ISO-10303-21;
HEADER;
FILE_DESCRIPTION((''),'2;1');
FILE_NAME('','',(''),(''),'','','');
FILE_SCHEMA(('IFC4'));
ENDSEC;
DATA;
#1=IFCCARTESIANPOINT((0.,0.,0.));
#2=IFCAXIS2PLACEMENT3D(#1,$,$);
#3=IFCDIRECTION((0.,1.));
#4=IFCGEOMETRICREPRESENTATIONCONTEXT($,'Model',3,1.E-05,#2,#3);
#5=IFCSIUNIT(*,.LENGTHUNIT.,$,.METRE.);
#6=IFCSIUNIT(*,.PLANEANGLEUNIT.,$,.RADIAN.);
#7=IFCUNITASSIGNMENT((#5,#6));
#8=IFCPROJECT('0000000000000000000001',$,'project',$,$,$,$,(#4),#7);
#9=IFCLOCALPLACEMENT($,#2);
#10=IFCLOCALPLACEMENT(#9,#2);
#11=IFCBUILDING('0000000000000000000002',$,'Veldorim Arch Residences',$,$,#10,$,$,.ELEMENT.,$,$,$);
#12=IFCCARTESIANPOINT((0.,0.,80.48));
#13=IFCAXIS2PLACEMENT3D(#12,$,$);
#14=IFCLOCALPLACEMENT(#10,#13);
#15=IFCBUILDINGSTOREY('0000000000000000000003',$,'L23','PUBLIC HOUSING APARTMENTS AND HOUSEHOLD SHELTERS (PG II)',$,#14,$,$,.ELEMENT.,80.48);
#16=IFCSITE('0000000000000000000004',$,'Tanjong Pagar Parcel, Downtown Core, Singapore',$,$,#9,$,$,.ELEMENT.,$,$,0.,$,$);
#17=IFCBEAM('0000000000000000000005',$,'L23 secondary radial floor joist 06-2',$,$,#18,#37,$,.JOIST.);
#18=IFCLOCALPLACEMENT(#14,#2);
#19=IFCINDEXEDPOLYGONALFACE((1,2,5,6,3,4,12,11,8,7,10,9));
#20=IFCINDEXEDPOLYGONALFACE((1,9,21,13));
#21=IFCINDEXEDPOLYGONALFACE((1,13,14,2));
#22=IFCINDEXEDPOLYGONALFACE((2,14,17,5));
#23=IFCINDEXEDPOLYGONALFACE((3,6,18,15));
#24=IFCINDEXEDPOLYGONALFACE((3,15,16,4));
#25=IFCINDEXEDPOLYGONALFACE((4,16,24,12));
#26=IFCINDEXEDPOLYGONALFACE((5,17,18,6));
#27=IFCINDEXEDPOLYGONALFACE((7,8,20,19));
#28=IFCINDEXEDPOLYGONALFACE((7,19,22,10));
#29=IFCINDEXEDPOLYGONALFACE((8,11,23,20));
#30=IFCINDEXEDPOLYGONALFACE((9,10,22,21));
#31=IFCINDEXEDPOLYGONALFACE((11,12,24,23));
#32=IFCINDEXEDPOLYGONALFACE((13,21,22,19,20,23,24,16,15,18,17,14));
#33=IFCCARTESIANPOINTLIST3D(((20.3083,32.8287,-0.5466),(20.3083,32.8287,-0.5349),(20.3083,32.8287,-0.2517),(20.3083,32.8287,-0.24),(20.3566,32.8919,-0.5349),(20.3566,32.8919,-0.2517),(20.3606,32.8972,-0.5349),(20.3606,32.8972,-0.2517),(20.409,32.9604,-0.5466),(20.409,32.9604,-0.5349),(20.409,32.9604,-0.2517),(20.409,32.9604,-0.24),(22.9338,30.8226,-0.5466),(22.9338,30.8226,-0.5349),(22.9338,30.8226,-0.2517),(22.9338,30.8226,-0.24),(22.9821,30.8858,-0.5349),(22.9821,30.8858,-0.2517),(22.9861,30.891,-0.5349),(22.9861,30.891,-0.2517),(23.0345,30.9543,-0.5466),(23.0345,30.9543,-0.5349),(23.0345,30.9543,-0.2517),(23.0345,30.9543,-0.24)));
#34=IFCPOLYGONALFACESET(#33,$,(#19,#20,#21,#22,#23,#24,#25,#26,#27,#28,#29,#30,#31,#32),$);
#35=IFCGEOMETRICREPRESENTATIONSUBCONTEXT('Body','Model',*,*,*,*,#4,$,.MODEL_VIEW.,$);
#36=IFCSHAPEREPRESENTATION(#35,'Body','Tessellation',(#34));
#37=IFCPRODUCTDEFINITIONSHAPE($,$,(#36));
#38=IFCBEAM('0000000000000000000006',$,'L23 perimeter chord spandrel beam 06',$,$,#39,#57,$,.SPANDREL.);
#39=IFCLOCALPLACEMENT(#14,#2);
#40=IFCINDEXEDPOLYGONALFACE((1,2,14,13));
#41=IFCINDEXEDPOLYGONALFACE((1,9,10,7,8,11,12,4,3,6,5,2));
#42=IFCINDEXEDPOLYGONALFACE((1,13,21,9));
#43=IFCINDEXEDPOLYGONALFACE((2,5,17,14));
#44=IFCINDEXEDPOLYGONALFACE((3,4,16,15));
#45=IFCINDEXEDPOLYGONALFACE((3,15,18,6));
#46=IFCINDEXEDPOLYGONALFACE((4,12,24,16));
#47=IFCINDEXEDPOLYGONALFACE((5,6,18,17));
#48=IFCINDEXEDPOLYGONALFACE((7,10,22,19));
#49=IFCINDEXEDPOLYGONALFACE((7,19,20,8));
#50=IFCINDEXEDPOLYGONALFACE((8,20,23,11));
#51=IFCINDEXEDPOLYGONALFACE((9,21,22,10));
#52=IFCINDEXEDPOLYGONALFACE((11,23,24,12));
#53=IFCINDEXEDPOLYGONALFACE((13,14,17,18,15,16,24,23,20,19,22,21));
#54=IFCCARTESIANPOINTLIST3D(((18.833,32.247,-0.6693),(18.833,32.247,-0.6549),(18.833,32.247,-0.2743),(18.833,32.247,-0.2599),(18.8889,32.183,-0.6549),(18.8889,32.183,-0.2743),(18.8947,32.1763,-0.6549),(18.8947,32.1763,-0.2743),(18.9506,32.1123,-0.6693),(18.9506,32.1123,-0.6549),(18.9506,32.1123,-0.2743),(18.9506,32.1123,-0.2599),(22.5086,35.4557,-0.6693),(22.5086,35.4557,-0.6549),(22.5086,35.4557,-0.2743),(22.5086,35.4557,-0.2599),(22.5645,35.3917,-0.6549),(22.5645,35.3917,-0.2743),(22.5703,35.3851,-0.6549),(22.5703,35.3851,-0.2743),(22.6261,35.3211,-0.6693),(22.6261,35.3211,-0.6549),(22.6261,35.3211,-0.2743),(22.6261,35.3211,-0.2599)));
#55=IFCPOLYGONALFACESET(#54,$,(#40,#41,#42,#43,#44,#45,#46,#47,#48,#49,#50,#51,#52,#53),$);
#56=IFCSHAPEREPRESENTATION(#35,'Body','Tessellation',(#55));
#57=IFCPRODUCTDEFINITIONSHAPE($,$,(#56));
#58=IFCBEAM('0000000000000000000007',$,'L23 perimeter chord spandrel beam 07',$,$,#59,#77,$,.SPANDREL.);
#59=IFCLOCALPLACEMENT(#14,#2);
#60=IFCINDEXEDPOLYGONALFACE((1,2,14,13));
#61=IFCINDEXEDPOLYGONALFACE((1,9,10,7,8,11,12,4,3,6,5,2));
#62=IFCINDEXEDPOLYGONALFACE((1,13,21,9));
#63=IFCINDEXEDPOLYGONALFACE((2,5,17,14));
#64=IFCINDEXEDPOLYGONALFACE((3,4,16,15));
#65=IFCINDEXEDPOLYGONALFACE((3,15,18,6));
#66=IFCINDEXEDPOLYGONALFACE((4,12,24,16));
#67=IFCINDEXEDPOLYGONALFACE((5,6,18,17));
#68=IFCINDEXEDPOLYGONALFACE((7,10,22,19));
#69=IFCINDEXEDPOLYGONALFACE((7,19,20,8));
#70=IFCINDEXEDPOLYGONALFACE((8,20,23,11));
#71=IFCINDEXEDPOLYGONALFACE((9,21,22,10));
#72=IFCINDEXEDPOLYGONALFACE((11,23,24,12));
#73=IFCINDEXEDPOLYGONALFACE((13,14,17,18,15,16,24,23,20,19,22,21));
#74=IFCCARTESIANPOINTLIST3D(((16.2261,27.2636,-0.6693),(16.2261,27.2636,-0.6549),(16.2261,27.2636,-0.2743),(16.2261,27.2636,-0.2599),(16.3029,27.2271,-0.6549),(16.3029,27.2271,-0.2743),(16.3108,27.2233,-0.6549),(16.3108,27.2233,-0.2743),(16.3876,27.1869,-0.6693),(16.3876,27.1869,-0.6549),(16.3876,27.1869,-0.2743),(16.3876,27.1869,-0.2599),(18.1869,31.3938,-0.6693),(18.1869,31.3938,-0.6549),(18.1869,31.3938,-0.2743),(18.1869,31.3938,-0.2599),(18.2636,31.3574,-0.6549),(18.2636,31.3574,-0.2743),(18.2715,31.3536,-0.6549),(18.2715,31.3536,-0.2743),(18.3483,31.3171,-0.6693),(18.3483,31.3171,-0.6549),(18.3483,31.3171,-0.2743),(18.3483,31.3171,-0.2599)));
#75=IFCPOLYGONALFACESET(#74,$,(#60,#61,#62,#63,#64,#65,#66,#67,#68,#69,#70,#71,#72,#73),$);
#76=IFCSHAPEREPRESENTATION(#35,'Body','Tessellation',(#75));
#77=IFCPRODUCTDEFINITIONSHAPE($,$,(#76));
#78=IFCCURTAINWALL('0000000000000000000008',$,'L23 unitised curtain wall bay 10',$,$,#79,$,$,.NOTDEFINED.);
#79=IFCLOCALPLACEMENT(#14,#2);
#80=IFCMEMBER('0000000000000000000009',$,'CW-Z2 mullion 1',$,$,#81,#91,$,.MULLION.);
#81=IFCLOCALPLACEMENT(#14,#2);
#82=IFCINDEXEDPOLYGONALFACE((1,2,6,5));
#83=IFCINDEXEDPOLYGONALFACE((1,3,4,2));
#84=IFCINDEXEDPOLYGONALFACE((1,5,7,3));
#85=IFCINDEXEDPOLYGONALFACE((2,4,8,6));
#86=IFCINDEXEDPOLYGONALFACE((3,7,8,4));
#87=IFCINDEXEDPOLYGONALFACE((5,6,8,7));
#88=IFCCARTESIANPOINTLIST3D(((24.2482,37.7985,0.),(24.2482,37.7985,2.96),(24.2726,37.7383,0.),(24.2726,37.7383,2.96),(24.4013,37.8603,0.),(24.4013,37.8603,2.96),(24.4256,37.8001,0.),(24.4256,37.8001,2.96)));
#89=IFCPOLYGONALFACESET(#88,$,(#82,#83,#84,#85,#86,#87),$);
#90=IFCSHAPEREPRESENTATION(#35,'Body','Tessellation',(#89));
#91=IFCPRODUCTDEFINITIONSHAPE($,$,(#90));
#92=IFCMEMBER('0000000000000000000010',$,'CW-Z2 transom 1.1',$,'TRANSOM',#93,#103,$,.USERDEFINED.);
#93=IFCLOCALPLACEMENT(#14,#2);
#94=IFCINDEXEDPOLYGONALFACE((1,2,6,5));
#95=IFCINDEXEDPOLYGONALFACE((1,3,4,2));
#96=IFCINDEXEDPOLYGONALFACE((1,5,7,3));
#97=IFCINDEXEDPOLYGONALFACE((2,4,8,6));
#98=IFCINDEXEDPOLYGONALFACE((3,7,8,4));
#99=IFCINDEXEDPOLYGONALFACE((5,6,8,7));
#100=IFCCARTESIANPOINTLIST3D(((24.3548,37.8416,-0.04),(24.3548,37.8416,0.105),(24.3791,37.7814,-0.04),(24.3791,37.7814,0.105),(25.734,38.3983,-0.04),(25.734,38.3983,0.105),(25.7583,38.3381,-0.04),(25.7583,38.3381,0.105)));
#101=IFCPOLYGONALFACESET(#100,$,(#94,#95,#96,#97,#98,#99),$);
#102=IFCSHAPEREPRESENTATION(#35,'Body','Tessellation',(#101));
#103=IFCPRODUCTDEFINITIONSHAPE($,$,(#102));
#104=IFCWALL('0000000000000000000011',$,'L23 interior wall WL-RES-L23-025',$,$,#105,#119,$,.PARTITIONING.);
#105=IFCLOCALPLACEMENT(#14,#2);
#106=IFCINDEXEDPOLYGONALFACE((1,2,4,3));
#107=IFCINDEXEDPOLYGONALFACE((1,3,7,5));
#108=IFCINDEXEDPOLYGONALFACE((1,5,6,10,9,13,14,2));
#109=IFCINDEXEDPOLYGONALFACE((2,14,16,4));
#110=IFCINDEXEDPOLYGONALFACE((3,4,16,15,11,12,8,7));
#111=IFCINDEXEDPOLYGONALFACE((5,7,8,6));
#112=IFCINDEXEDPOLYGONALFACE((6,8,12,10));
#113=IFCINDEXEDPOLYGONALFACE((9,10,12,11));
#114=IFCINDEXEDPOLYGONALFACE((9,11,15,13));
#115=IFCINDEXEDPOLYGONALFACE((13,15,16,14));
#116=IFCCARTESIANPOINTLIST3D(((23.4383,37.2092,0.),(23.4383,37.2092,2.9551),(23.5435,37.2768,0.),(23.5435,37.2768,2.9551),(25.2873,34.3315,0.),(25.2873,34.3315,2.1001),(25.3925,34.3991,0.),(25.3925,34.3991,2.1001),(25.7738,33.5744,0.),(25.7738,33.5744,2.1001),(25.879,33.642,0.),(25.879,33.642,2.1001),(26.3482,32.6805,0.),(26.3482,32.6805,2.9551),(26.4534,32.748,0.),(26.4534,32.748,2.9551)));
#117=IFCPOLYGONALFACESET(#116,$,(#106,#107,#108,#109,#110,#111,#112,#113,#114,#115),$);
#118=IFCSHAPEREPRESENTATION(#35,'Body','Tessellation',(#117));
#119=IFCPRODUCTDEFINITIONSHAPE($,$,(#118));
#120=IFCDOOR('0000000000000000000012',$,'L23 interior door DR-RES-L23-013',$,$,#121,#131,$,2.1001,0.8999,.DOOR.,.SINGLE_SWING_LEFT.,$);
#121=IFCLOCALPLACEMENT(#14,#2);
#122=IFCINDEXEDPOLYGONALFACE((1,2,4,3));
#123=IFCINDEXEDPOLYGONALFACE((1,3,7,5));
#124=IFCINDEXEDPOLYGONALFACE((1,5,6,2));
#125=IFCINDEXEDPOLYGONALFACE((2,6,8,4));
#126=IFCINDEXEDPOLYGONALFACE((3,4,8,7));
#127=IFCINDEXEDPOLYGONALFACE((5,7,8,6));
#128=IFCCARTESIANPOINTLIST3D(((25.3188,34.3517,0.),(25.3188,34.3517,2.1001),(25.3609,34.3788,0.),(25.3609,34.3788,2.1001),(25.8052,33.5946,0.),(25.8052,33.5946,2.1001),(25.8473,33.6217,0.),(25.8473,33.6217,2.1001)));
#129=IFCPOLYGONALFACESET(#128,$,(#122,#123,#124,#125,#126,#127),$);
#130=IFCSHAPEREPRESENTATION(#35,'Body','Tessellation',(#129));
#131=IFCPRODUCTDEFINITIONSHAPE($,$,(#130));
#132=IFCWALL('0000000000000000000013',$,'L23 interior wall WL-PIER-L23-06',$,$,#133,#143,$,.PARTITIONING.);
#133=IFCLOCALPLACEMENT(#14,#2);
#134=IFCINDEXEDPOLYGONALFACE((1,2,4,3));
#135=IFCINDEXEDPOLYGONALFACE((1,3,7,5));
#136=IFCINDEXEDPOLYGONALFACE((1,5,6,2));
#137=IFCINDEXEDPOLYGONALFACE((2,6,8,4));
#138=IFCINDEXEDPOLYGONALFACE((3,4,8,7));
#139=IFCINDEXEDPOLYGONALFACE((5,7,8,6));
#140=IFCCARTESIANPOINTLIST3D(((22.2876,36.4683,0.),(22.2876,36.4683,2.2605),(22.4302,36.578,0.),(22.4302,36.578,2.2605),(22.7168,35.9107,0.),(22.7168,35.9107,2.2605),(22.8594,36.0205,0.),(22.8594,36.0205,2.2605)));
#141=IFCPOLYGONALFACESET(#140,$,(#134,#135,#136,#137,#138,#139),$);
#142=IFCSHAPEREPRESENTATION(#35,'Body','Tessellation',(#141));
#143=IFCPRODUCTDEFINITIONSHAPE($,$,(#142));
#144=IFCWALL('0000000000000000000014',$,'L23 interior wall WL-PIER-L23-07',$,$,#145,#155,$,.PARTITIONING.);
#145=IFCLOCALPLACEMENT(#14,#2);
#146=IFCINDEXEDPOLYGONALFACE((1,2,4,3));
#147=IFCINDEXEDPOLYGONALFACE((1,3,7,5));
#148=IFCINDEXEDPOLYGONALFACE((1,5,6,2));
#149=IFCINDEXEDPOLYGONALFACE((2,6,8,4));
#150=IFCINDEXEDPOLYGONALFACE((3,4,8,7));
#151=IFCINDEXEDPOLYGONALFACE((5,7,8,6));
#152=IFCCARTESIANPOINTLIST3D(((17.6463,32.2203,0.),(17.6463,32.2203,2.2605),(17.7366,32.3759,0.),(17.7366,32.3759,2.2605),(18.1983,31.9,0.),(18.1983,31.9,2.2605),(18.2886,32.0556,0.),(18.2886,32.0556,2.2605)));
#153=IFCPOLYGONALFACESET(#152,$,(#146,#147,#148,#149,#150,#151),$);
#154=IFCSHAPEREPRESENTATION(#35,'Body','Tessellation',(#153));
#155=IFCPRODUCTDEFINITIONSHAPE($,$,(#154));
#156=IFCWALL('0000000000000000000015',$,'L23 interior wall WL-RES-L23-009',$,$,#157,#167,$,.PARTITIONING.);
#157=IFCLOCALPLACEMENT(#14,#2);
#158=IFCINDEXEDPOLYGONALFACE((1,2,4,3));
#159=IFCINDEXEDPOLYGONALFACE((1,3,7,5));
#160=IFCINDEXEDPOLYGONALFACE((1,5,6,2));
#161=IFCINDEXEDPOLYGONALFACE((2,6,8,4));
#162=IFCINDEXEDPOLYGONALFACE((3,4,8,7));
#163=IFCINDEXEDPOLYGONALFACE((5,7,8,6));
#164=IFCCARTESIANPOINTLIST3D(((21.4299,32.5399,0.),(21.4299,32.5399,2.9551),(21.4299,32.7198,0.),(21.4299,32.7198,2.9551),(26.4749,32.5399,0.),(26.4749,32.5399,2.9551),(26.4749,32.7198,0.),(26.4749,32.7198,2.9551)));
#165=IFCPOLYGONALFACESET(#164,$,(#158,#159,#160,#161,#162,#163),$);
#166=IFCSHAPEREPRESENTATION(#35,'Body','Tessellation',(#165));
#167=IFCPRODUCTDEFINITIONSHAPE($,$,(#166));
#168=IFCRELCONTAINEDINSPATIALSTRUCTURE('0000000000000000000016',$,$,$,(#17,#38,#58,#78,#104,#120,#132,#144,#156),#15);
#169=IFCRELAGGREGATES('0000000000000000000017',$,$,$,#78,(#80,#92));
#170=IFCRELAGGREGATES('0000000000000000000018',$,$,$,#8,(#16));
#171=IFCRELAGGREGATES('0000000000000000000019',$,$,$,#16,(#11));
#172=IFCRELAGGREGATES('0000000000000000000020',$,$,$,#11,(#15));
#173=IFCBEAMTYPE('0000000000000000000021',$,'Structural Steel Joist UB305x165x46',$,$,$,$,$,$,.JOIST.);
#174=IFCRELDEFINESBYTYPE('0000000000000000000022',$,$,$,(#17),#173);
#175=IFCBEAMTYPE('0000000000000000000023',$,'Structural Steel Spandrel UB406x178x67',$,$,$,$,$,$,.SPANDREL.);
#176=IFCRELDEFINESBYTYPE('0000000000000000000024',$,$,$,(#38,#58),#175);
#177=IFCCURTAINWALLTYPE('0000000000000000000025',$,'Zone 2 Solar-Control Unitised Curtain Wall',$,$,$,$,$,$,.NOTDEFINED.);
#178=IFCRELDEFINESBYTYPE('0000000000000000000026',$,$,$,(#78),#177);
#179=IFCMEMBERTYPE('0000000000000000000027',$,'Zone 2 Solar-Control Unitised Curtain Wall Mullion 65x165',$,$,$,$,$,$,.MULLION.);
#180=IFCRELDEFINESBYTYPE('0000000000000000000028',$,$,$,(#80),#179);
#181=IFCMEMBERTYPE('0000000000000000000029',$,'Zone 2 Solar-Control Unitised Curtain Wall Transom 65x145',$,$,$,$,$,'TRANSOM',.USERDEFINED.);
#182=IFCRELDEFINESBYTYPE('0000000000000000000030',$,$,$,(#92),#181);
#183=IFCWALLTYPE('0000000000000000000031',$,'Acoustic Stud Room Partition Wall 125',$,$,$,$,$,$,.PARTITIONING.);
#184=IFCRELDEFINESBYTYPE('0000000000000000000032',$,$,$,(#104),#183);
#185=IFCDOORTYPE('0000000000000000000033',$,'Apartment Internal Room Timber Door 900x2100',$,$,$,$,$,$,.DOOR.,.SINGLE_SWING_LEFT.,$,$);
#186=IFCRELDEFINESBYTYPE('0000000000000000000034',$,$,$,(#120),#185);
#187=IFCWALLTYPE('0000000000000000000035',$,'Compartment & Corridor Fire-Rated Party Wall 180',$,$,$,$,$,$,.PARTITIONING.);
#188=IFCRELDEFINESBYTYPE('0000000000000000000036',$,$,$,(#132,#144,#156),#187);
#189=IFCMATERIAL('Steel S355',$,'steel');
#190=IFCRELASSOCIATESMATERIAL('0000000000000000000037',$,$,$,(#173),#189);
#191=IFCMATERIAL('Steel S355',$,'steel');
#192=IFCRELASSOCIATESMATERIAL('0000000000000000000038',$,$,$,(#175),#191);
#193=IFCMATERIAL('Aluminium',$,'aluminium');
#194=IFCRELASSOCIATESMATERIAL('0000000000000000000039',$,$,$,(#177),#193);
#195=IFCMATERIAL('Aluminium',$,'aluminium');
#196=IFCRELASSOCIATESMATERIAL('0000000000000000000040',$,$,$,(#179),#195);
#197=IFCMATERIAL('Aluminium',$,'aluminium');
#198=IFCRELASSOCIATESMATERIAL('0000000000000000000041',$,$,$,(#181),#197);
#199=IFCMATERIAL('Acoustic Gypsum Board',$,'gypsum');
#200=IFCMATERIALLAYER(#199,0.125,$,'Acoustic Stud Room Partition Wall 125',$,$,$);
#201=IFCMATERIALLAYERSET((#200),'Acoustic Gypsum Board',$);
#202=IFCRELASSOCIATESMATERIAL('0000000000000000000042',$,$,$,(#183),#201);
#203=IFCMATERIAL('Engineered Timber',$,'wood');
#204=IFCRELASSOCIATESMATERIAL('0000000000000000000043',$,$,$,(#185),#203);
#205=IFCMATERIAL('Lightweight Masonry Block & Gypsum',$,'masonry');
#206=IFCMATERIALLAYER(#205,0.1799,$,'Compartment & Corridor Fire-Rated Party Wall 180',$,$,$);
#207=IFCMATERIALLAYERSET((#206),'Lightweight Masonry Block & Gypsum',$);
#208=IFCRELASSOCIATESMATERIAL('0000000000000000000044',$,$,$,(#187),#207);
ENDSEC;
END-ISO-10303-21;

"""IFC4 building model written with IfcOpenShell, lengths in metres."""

from ifc_helpers import new_model, si_unit, direction, frame, frame_2d, origin, origin_2d, place, context, subcontext, project, spatial, rectangle, i_section, extrude, material, layer, layer_set, material_profile, profile_set, type_object, element, fill, aggregate, save


model = new_model("IFC4")

# Units and contexts
model_context = context("Model", 3, precision=1e-05, world=origin(), true_north=direction((0.0, 1.0)))
body_context = subcontext(model_context, "Body", "Model", "MODEL_VIEW")
ifc_project = project(units=[si_unit("LENGTHUNIT", "METRE"), si_unit("PLANEANGLEUNIT", "RADIAN")], contexts=[model_context])

# Site, building, storey
site_placement = place(None, origin())
site = spatial("IfcSite", under=ifc_project, at=site_placement, Name="Tanjong Pagar Parcel, Downtown Core, Singapore", CompositionType="ELEMENT", RefElevation=0.0)
building_placement = place(site_placement, origin())
building = spatial("IfcBuilding", under=site, at=building_placement, Name="Veldorim Arch Residences", CompositionType="ELEMENT")
storey_placement = place(building_placement, frame((0.0, 0.0, 80.48)))
storey = spatial("IfcBuildingStorey", under=building, at=storey_placement, Name="L23", Description="PUBLIC HOUSING APARTMENTS AND HOUSEHOLD SHELTERS (PG II)", CompositionType="ELEMENT", Elevation=80.48)

# Beams
ifc_material_1 = material(Name="Steel S355", Category="steel")
ifc_material_profile_1 = material_profile(ifc_material_1, i_section(OverallWidth=0.1658, OverallDepth=0.3066, WebThickness=0.0066, FlangeThickness=0.0117, at=origin_2d()), Name="UB305x165x46")
ifc_profile_set_1 = profile_set([ifc_material_profile_1], Name="Steel S355")
beam_type_1 = type_object("IfcBeamType", Name="Structural Steel Joist UB305x165x46", PredefinedType="JOIST", material=ifc_profile_set_1)
beam_1_placement = place(storey_placement, frame((22.9841, 30.8884, -0.3933), z_axis=(-0.794595, 0.60714, 0.0), x_axis=(-0.60714, -0.794595, 0.0)))
element("IfcBeam", 1, at=beam_1_placement, inside=storey, type_object=beam_type_1, Name="L23 secondary radial floor joist 06-2", PredefinedType="JOIST", context=body_context, shape_type="SweptSolid", body=[
    extrude(i_section(OverallWidth=0.1658, OverallDepth=0.3066, WebThickness=0.0066, FlangeThickness=0.0117, at=origin_2d()), origin(), (0.0, 0.0, 1.0), 3.3042),
])
ifc_material_2 = material(Name="Steel S355", Category="steel")
ifc_material_profile_2 = material_profile(ifc_material_2, i_section(OverallWidth=0.1787, OverallDepth=0.4094, WebThickness=0.0088, FlangeThickness=0.0144, at=origin_2d()), Name="UB406x178x67")
ifc_profile_set_2 = profile_set([ifc_material_profile_2], Name="Steel S355")
beam_type_2 = type_object("IfcBeamType", Name="Structural Steel Spandrel UB406x178x67", PredefinedType="SPANDREL", material=ifc_profile_set_2)
beam_2_placement = place(storey_placement, frame((22.5674, 35.3884, -0.4646), z_axis=(-0.753323, -0.65765, 0.0), x_axis=(0.65765, -0.753323, 0.0)))
element("IfcBeam", 2, at=beam_2_placement, inside=storey, type_object=beam_type_2, Name="L23 perimeter chord spandrel beam 06", PredefinedType="SPANDREL", context=body_context, shape_type="SweptSolid", body=[
    extrude(i_section(OverallWidth=0.1787, OverallDepth=0.4094, WebThickness=0.0088, FlangeThickness=0.0144, at=origin_2d()), origin(), (0.0, 0.0, 1.0), 4.8792),
])
beam_3_placement = place(storey_placement, frame((18.2676, 31.3555, -0.4646), z_axis=(-0.428857, -0.903372, 0.0), x_axis=(0.903372, -0.428857, 0.0)))
element("IfcBeam", 3, at=beam_3_placement, inside=storey, type_object=beam_type_2, Name="L23 perimeter chord spandrel beam 07", PredefinedType="SPANDREL", context=body_context, shape_type="SweptSolid", body=[
    extrude(i_section(OverallWidth=0.1787, OverallDepth=0.4094, WebThickness=0.0088, FlangeThickness=0.0144, at=origin_2d()), origin(), (0.0, 0.0, 1.0), 4.572),
])

# Curtain wall, members
ifc_material_3 = material(Name="Aluminium", Category="aluminium")
curtain_wall_type = type_object("IfcCurtainWallType", Name="Zone 2 Solar-Control Unitised Curtain Wall", PredefinedType="NOTDEFINED", material=ifc_material_3)
curtain_wall_placement = place(storey_placement, origin())
curtain_wall = element("IfcCurtainWall", 4, at=curtain_wall_placement, inside=storey, type_object=curtain_wall_type, Name="L23 unitised curtain wall bay 10", PredefinedType="NOTDEFINED")
ifc_material_4 = material(Name="Aluminium", Category="aluminium")
ifc_material_profile_3 = material_profile(ifc_material_4, rectangle(XDim=0.0649, YDim=0.165, at=origin_2d()), Name="ALU_MUL_65x165")
ifc_profile_set_3 = profile_set([ifc_material_profile_3], Name="Aluminium")
member_type_1 = type_object("IfcMemberType", Name="Zone 2 Solar-Control Unitised Curtain Wall Mullion 65x165", PredefinedType="MULLION", material=ifc_profile_set_3)
member_1_placement = place(storey_placement, frame((24.3369, 37.7993, 0.0), z_axis=(0.0, 0.0, 1.0), x_axis=(-0.374353, 0.927286, 0.0)))
member_1 = element("IfcMember", 5, at=member_1_placement, type_object=member_type_1, Name="CW-Z2 mullion 1", PredefinedType="MULLION", context=body_context, shape_type="SweptSolid", body=[
    extrude(rectangle(XDim=0.0649, YDim=0.165, at=origin_2d()), origin(), (0.0, 0.0, 1.0), 2.96),
])
ifc_material_5 = material(Name="Aluminium", Category="aluminium")
ifc_material_profile_4 = material_profile(ifc_material_5, rectangle(XDim=0.0649, YDim=0.145, at=origin_2d()), Name="ALU_TRN_65x145")
ifc_profile_set_4 = profile_set([ifc_material_profile_4], Name="Aluminium")
member_type_2 = type_object("IfcMemberType", Name="Zone 2 Solar-Control Unitised Curtain Wall Transom 65x145", ElementType="TRANSOM", PredefinedType="USERDEFINED", material=ifc_profile_set_4)
member_2_placement = place(storey_placement, frame((24.3669, 37.8115, 0.0325), z_axis=(0.927317, 0.374276, 0.0), x_axis=(-0.374276, 0.927317, 0.0)))
member_2 = element("IfcMember", 6, at=member_2_placement, type_object=member_type_2, Name="CW-Z2 transom 1.1", ObjectType="TRANSOM", PredefinedType="USERDEFINED", context=body_context, shape_type="SweptSolid", body=[
    extrude(rectangle(XDim=0.0649, YDim=0.145, at=origin_2d()), origin(), (0.0, 0.0, 1.0), 1.4873),
])
aggregate(curtain_wall, [member_1, member_2])

# Wall, opening, door
ifc_material_6 = material(Name="Acoustic Gypsum Board", Category="gypsum")
ifc_layer_1 = layer(ifc_material_6, 0.125, Name="Acoustic Stud Room Partition Wall 125")
ifc_layer_set_1 = layer_set([ifc_layer_1], Name="Acoustic Gypsum Board")
wall_type_1 = type_object("IfcWallType", Name="Acoustic Stud Room Partition Wall 125", PredefinedType="PARTITIONING", material=ifc_layer_set_1)
wall_1_placement = place(storey_placement, frame((23.491, 37.2429, 0.0), z_axis=(0.0, 0.0, 1.0), x_axis=(0.540565, -0.841302, 0.0)))
wall_1 = element("IfcWall", 7, at=wall_1_placement, inside=storey, type_object=wall_type_1, Name="L23 interior wall WL-RES-L23-025", PredefinedType="PARTITIONING", context=body_context, shape_type="SweptSolid", body=[
    extrude(rectangle(XDim=5.3831, YDim=0.125, at=frame_2d((2.6914, 0.0))), origin(), (0.0, 0.0, 1.0), 2.9551),
])
opening_1_placement = place(wall_1_placement, frame((3.4204, 0.0, 0.0)))
opening_1 = element("IfcOpeningElement", 8, at=opening_1_placement, cuts=wall_1, PredefinedType="OPENING", context=body_context, shape_type="SweptSolid", body=[
    extrude(rectangle(XDim=0.8999, YDim=2.1001, at=frame_2d((0.45, 1.05))), frame((0.0, 0.0725, 0.0), z_axis=(0.0, -1.0, 0.0), x_axis=(1.0, 0.0, 0.0)), (0.0, 0.0, 1.0), 0.145),
])
ifc_material_7 = material(Name="Engineered Timber", Category="wood")
door_type_1 = type_object("IfcDoorType", Name="Apartment Internal Room Timber Door 900x2100", OperationType="SINGLE_SWING_LEFT", PredefinedType="DOOR", material=ifc_material_7)
door_1_placement = place(opening_1_placement, origin())
door_1 = element("IfcDoor", 9, at=door_1_placement, inside=storey, type_object=door_type_1, Name="L23 interior door DR-RES-L23-013", OperationType="SINGLE_SWING_LEFT", OverallHeight=2.1001, OverallWidth=0.8999, PredefinedType="DOOR", context=body_context, shape_type="SweptSolid", body=[
    extrude(rectangle(XDim=0.8999, YDim=2.1001, at=frame_2d((0.45, 1.05))), frame((0.0, 0.0249, 0.0), z_axis=(0.0, -1.0, 0.0), x_axis=(1.0, 0.0, 0.0)), (0.0, 0.0, 1.0), 0.05),
])
fill(opening_1, door_1)

# Walls
ifc_material_8 = material(Name="Lightweight Masonry Block & Gypsum", Category="masonry")
ifc_layer_2 = layer(ifc_material_8, 0.1799, Name="Compartment & Corridor Fire-Rated Party Wall 180")
ifc_layer_set_2 = layer_set([ifc_layer_2], Name="Lightweight Masonry Block & Gypsum")
wall_type_2 = type_object("IfcWallType", Name="Compartment & Corridor Fire-Rated Party Wall 180", PredefinedType="PARTITIONING", material=ifc_layer_set_2)
wall_2_placement = place(storey_placement, frame((22.7881, 35.9656, 0.0), z_axis=(0.0, 0.0, 1.0), x_axis=(-0.609945, 0.792443, 0.0)))
element("IfcWall", 10, at=wall_2_placement, inside=storey, type_object=wall_type_2, Name="L23 interior wall WL-PIER-L23-06", PredefinedType="PARTITIONING", context=body_context, shape_type="SweptSolid", body=[
    extrude(rectangle(XDim=0.7036, YDim=0.1799, at=frame_2d((0.3518, 0.0))), origin(), (0.0, 0.0, 1.0), 2.2605),
])
wall_3_placement = place(storey_placement, frame((18.2434, 31.9778, 0.0), z_axis=(0.0, 0.0, 1.0), x_axis=(-0.864928, 0.501896, 0.0)))
element("IfcWall", 11, at=wall_3_placement, inside=storey, type_object=wall_type_2, Name="L23 interior wall WL-PIER-L23-07", PredefinedType="PARTITIONING", context=body_context, shape_type="SweptSolid", body=[
    extrude(rectangle(XDim=0.6382, YDim=0.1799, at=frame_2d((0.3191, 0.0))), origin(), (0.0, 0.0, 1.0), 2.2605),
])
wall_4_placement = place(storey_placement, frame((21.4299, 32.6299, 0.0), z_axis=(0.0, 0.0, 1.0), x_axis=(1.0, 0.0, 0.0)))
element("IfcWall", 12, at=wall_4_placement, inside=storey, type_object=wall_type_2, Name="L23 interior wall WL-RES-L23-009", PredefinedType="PARTITIONING", context=body_context, shape_type="SweptSolid", body=[
    extrude(rectangle(XDim=5.0449, YDim=0.1799, at=frame_2d((2.5225, 0.0))), origin(), (0.0, 0.0, 1.0), 2.9551),
])

save(model, "model.ifc")
